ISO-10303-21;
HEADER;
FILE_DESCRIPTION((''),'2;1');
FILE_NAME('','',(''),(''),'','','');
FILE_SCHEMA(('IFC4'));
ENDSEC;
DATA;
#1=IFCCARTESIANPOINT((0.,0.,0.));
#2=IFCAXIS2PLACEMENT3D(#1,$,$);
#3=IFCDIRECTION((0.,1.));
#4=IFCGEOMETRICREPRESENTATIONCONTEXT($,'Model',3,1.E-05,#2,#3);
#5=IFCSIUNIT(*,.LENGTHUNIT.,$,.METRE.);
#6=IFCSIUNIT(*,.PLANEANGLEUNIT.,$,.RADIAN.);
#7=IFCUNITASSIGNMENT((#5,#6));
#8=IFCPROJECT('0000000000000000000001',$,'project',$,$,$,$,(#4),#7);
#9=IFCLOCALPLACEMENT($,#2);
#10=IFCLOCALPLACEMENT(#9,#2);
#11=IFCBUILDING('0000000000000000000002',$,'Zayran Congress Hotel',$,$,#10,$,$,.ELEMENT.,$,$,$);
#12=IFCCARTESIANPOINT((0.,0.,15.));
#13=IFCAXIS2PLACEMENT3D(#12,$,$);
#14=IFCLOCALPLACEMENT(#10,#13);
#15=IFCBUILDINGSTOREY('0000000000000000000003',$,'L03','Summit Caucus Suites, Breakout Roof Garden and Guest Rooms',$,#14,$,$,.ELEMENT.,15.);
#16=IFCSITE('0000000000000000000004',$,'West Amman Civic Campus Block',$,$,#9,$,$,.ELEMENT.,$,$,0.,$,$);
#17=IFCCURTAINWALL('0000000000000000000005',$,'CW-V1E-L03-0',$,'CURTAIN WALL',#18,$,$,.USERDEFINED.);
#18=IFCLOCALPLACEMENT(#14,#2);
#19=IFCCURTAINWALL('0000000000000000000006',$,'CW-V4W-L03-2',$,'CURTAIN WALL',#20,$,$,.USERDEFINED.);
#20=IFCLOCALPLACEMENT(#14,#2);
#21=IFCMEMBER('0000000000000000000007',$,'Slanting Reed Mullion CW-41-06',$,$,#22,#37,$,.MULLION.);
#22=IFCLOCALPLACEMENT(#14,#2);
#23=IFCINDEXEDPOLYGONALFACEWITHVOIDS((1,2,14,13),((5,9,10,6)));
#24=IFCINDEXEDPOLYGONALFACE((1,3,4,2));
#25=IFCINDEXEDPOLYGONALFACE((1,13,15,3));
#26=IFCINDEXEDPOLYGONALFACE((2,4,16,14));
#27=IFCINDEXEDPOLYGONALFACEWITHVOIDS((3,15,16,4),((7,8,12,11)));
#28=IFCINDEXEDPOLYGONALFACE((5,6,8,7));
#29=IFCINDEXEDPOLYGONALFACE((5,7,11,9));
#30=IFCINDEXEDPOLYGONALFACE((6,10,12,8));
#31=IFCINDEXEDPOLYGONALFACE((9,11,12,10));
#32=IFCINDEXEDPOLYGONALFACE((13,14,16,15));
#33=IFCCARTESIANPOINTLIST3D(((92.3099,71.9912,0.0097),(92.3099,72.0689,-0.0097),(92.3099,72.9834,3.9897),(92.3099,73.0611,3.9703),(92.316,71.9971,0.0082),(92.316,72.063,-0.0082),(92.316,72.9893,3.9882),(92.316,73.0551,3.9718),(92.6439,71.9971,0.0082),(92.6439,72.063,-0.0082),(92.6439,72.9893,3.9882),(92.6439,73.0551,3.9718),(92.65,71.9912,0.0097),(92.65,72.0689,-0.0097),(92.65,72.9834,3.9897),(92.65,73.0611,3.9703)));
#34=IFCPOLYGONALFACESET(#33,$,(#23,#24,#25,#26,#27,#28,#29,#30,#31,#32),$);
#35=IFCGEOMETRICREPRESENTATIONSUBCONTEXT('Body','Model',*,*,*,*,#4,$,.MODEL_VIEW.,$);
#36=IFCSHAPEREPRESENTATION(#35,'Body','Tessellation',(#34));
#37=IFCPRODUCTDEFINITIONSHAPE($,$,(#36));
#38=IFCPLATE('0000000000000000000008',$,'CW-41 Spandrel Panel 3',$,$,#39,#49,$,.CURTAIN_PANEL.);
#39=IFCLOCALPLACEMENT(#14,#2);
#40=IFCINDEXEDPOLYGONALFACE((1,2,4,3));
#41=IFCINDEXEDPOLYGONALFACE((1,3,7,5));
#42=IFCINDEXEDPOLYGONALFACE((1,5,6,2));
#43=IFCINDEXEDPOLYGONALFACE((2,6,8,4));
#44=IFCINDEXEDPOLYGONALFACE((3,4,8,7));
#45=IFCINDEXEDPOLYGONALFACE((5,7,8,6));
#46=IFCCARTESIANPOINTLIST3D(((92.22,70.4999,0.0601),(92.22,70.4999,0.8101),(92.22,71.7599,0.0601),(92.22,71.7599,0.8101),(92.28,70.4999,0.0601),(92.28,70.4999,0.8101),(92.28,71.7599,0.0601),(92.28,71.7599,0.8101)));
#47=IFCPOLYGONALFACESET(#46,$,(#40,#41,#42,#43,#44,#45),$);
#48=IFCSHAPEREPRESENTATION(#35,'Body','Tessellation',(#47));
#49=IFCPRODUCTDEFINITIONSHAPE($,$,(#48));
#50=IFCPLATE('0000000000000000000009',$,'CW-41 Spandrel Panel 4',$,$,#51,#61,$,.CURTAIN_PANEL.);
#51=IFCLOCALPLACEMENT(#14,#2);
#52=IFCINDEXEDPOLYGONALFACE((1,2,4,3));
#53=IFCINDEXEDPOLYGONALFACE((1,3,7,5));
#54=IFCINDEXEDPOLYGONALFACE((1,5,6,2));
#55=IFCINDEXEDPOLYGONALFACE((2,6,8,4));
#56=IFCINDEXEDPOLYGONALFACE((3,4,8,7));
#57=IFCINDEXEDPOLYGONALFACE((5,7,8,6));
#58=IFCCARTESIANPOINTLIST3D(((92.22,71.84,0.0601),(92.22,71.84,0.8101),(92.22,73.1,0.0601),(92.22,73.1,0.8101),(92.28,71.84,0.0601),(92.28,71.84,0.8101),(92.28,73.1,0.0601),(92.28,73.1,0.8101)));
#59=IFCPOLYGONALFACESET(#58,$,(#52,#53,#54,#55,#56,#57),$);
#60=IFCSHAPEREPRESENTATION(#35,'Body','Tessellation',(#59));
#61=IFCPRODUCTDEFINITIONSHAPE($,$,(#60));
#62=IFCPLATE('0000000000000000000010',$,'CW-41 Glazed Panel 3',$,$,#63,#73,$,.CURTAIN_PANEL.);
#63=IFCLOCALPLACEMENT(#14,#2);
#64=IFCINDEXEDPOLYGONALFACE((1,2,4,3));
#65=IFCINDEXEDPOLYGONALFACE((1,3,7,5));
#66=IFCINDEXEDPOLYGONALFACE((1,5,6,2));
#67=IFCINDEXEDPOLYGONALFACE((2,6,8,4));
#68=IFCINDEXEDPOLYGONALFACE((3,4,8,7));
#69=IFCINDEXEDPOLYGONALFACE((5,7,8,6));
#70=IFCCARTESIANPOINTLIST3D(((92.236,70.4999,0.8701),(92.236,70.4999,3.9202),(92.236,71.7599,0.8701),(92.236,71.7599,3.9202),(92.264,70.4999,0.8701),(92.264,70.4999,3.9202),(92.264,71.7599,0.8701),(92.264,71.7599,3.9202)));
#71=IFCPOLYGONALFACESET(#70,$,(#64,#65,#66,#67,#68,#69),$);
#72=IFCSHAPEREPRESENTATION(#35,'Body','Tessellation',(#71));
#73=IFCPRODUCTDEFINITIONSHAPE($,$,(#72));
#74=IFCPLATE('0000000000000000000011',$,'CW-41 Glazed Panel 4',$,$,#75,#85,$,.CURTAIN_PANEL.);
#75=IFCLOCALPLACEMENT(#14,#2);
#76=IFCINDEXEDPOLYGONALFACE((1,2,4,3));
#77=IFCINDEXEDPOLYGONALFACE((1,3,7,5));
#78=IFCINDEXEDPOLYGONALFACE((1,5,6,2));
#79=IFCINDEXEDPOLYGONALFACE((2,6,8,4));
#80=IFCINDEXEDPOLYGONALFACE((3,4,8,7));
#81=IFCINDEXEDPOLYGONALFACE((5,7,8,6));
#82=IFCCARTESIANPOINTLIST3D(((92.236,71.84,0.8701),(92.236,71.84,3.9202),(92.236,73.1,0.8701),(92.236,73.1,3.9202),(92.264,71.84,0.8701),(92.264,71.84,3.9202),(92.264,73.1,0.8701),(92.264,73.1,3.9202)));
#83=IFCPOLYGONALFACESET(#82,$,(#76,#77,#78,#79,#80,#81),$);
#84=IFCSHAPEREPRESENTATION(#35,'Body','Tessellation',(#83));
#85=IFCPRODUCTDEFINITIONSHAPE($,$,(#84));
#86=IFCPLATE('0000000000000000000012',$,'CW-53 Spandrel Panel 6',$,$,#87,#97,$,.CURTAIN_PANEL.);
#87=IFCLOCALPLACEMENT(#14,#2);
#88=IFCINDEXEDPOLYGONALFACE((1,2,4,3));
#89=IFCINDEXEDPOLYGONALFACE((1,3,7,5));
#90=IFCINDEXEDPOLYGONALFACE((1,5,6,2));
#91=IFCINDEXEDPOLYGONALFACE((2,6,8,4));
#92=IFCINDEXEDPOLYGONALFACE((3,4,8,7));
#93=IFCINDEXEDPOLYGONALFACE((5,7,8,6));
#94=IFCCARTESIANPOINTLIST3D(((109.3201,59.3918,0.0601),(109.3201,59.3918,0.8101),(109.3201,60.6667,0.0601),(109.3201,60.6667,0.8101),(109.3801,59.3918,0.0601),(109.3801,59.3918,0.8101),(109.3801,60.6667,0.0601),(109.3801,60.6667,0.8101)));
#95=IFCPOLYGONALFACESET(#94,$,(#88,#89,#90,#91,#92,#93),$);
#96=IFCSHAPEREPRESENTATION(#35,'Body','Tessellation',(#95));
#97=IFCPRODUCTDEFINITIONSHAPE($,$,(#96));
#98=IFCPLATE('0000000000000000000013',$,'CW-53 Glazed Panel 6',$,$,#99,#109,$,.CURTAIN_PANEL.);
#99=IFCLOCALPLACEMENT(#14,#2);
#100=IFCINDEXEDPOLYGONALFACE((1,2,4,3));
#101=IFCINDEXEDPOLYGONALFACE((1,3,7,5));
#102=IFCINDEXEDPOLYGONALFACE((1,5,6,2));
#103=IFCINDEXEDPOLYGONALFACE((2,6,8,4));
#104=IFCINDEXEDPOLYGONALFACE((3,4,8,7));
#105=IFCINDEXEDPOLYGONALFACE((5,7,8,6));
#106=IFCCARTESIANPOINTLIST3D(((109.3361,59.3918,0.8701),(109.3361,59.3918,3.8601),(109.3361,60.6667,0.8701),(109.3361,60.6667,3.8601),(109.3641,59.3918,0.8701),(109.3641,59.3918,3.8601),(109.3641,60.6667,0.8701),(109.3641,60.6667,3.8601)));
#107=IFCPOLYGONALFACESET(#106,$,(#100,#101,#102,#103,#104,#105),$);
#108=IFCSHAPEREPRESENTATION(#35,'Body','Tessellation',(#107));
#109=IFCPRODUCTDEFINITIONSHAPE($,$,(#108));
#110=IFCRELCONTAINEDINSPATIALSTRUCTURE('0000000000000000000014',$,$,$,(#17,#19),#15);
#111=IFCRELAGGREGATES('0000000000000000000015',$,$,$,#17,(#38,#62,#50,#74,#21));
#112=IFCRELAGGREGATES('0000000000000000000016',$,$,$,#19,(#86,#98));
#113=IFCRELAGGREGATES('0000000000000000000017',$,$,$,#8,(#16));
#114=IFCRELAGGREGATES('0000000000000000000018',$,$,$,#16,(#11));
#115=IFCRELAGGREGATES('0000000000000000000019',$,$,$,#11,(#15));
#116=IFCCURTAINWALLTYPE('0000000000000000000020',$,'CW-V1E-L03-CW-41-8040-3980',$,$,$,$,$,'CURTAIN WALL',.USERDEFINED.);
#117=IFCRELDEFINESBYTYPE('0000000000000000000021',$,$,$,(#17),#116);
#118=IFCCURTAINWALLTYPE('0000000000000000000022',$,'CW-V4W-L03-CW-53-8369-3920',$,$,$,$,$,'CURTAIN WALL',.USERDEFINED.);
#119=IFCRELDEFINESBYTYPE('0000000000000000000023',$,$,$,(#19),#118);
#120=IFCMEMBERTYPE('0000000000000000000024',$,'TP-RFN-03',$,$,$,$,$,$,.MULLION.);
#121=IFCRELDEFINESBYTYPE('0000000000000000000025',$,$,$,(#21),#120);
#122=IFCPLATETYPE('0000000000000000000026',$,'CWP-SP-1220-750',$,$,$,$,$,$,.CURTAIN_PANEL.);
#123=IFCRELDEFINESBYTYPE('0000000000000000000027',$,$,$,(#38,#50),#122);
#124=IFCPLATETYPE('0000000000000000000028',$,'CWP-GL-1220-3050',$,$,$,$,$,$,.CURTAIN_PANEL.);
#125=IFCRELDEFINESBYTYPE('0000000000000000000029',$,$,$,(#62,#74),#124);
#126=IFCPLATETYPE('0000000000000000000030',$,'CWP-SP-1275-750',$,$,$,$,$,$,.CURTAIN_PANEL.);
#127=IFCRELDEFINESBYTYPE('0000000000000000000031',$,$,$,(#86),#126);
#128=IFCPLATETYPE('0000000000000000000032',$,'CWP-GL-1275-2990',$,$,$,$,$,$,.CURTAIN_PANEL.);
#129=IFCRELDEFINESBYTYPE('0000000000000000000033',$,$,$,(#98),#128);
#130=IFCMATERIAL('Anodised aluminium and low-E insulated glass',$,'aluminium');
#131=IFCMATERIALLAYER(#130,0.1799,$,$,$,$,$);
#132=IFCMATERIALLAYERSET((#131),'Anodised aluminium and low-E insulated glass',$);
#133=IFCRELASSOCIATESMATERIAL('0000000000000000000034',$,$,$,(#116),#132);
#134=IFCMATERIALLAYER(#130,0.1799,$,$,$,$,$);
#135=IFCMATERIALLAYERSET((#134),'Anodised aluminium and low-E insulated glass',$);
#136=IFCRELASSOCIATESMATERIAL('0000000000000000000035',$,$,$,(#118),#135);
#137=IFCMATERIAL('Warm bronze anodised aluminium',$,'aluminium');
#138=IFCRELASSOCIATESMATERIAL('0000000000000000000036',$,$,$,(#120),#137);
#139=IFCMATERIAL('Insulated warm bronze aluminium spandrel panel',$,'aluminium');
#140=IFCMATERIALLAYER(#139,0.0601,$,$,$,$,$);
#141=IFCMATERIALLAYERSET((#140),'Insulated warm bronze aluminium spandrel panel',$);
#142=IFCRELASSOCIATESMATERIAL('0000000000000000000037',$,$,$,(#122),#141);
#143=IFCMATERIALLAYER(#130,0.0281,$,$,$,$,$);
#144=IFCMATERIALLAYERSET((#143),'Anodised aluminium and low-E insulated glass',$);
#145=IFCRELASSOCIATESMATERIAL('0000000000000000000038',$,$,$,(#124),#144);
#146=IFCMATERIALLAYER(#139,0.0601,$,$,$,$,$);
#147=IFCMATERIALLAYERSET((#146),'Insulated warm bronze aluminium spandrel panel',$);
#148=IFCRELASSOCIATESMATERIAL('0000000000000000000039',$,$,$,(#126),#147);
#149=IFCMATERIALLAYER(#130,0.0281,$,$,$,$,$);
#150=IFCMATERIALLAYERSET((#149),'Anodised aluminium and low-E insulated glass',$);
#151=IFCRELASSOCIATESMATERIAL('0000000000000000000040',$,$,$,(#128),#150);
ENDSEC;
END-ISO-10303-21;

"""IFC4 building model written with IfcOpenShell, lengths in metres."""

from ifc_helpers import new_model, si_unit, direction, frame, origin, origin_2d, place, context, subcontext, project, spatial, rectangle, hollow_rectangle, extrude, material, layer, layer_set, material_profile, profile_set, type_object, element, aggregate, save


model = new_model("IFC4")

# Units and contexts
model_context = context("Model", 3, precision=1e-05, world=origin(), true_north=direction((0.0, 1.0)))
body_context = subcontext(model_context, "Body", "Model", "MODEL_VIEW")
ifc_project = project(units=[si_unit("LENGTHUNIT", "METRE"), si_unit("PLANEANGLEUNIT", "RADIAN")], contexts=[model_context])

# Site, building, storey
site_placement = place(None, origin())
site = spatial("IfcSite", under=ifc_project, at=site_placement, Name="West Amman Civic Campus Block", CompositionType="ELEMENT", RefElevation=0.0)
building_placement = place(site_placement, origin())
building = spatial("IfcBuilding", under=site, at=building_placement, Name="Zayran Congress Hotel", CompositionType="ELEMENT")
storey_placement = place(building_placement, frame((0.0, 0.0, 15.0)))
storey = spatial("IfcBuildingStorey", under=building, at=storey_placement, Name="L03", Description="Summit Caucus Suites, Breakout Roof Garden and Guest Rooms", CompositionType="ELEMENT", Elevation=15.0)

# Shared definitions
ifc_material_1 = material(Name="Anodised aluminium and low-E insulated glass", Category="aluminium")

# Curtain wall
ifc_layer_1 = layer(ifc_material_1, 0.1799)
ifc_layer_set_1 = layer_set([ifc_layer_1], Name="Anodised aluminium and low-E insulated glass")
curtain_wall_type_1 = type_object("IfcCurtainWallType", Name="CW-V1E-L03-CW-41-8040-3980", ElementType="CURTAIN WALL", PredefinedType="USERDEFINED", material=ifc_layer_set_1)
curtain_wall_1_placement = place(storey_placement, origin())
curtain_wall_1 = element("IfcCurtainWall", 1, at=curtain_wall_1_placement, inside=storey, type_object=curtain_wall_type_1, Name="CW-V1E-L03-0", ObjectType="CURTAIN WALL", PredefinedType="USERDEFINED")

# Curtain wall
ifc_layer_2 = layer(ifc_material_1, 0.1799)
ifc_layer_set_2 = layer_set([ifc_layer_2], Name="Anodised aluminium and low-E insulated glass")
curtain_wall_type_2 = type_object("IfcCurtainWallType", Name="CW-V4W-L03-CW-53-8369-3920", ElementType="CURTAIN WALL", PredefinedType="USERDEFINED", material=ifc_layer_set_2)
curtain_wall_2_placement = place(storey_placement, origin())
curtain_wall_2 = element("IfcCurtainWall", 2, at=curtain_wall_2_placement, inside=storey, type_object=curtain_wall_type_2, Name="CW-V4W-L03-2", ObjectType="CURTAIN WALL", PredefinedType="USERDEFINED")

# Member
ifc_material_2 = material(Name="Warm bronze anodised aluminium", Category="aluminium")
ifc_material_profile_1 = material_profile(ifc_material_2, hollow_rectangle(XDim=0.0801, YDim=0.3401, WallThickness=0.0061, at=origin_2d()), Name="RHS 340x80x6")
ifc_profile_set_1 = profile_set([ifc_material_profile_1], Name="Warm bronze anodised aluminium")
member_type_1 = type_object("IfcMemberType", Name="TP-RFN-03", PredefinedType="MULLION", material=ifc_profile_set_1)
member_1_placement = place(storey_placement, frame((92.48, 72.03, 0.0), z_axis=(0.0, 0.241891, 0.970303), x_axis=(0.0, -0.970303, 0.241891)))
member_1 = element("IfcMember", 3, at=member_1_placement, type_object=member_type_1, Name="Slanting Reed Mullion CW-41-06", PredefinedType="MULLION", context=body_context, shape_type="SweptSolid", body=[
    extrude(hollow_rectangle(XDim=0.0801, YDim=0.3401, WallThickness=0.0061, at=origin_2d()), origin(), (0.0, 0.0, 1.0), 4.1018),
])

# Plates
ifc_material_3 = material(Name="Insulated warm bronze aluminium spandrel panel", Category="aluminium")
ifc_layer_3 = layer(ifc_material_3, 0.0601)
ifc_layer_set_3 = layer_set([ifc_layer_3], Name="Insulated warm bronze aluminium spandrel panel")
plate_type_1 = type_object("IfcPlateType", Name="CWP-SP-1220-750", PredefinedType="CURTAIN_PANEL", material=ifc_layer_set_3)
plate_1_placement = place(storey_placement, frame((92.25, 71.1299, 0.0601), z_axis=(0.0, 0.0, 1.0), x_axis=(0.0, 1.0, 0.0)))
plate_1 = element("IfcPlate", 4, at=plate_1_placement, type_object=plate_type_1, Name="CW-41 Spandrel Panel 3", PredefinedType="CURTAIN_PANEL", context=body_context, shape_type="SweptSolid", body=[
    extrude(rectangle(XDim=1.26, YDim=0.0601, at=origin_2d()), origin(), (0.0, 0.0, 1.0), 0.75),
])
plate_2_placement = place(storey_placement, frame((92.25, 72.47, 0.0601), z_axis=(0.0, 0.0, 1.0), x_axis=(0.0, 1.0, 0.0)))
plate_2 = element("IfcPlate", 5, at=plate_2_placement, type_object=plate_type_1, Name="CW-41 Spandrel Panel 4", PredefinedType="CURTAIN_PANEL", context=body_context, shape_type="SweptSolid", body=[
    extrude(rectangle(XDim=1.26, YDim=0.0601, at=origin_2d()), origin(), (0.0, 0.0, 1.0), 0.75),
])
ifc_layer_4 = layer(ifc_material_1, 0.0281)
ifc_layer_set_4 = layer_set([ifc_layer_4], Name="Anodised aluminium and low-E insulated glass")
plate_type_2 = type_object("IfcPlateType", Name="CWP-GL-1220-3050", PredefinedType="CURTAIN_PANEL", material=ifc_layer_set_4)
plate_3_placement = place(storey_placement, frame((92.25, 71.1299, 0.8701), z_axis=(0.0, 0.0, 1.0), x_axis=(0.0, 1.0, 0.0)))
plate_3 = element("IfcPlate", 6, at=plate_3_placement, type_object=plate_type_2, Name="CW-41 Glazed Panel 3", PredefinedType="CURTAIN_PANEL", context=body_context, shape_type="SweptSolid", body=[
    extrude(rectangle(XDim=1.26, YDim=0.0281, at=origin_2d()), origin(), (0.0, 0.0, 1.0), 3.05),
])
plate_4_placement = place(storey_placement, frame((92.25, 72.47, 0.8701), z_axis=(0.0, 0.0, 1.0), x_axis=(0.0, 1.0, 0.0)))
plate_4 = element("IfcPlate", 7, at=plate_4_placement, type_object=plate_type_2, Name="CW-41 Glazed Panel 4", PredefinedType="CURTAIN_PANEL", context=body_context, shape_type="SweptSolid", body=[
    extrude(rectangle(XDim=1.26, YDim=0.0281, at=origin_2d()), origin(), (0.0, 0.0, 1.0), 3.05),
])
aggregate(curtain_wall_1, [plate_1, plate_3, plate_2, plate_4, member_1])
ifc_layer_5 = layer(ifc_material_3, 0.0601)
ifc_layer_set_5 = layer_set([ifc_layer_5], Name="Insulated warm bronze aluminium spandrel panel")
plate_type_3 = type_object("IfcPlateType", Name="CWP-SP-1275-750", PredefinedType="CURTAIN_PANEL", material=ifc_layer_set_5)
plate_5_placement = place(storey_placement, frame((109.3501, 60.0293, 0.0601), z_axis=(0.0, 0.0, 1.0), x_axis=(0.0, 1.0, 0.0)))
plate_5 = element("IfcPlate", 8, at=plate_5_placement, type_object=plate_type_3, Name="CW-53 Spandrel Panel 6", PredefinedType="CURTAIN_PANEL", context=body_context, shape_type="SweptSolid", body=[
    extrude(rectangle(XDim=1.2749, YDim=0.0601, at=origin_2d()), origin(), (0.0, 0.0, 1.0), 0.75),
])
ifc_layer_6 = layer(ifc_material_1, 0.0281)
ifc_layer_set_6 = layer_set([ifc_layer_6], Name="Anodised aluminium and low-E insulated glass")
plate_type_4 = type_object("IfcPlateType", Name="CWP-GL-1275-2990", PredefinedType="CURTAIN_PANEL", material=ifc_layer_set_6)
plate_6_placement = place(storey_placement, frame((109.3501, 60.0293, 0.8701), z_axis=(0.0, 0.0, 1.0), x_axis=(0.0, 1.0, 0.0)))
plate_6 = element("IfcPlate", 9, at=plate_6_placement, type_object=plate_type_4, Name="CW-53 Glazed Panel 6", PredefinedType="CURTAIN_PANEL", context=body_context, shape_type="SweptSolid", body=[
    extrude(rectangle(XDim=1.2749, YDim=0.0281, at=origin_2d()), origin(), (0.0, 0.0, 1.0), 2.99),
])
aggregate(curtain_wall_2, [plate_5, plate_6])

save(model, "model.ifc")
